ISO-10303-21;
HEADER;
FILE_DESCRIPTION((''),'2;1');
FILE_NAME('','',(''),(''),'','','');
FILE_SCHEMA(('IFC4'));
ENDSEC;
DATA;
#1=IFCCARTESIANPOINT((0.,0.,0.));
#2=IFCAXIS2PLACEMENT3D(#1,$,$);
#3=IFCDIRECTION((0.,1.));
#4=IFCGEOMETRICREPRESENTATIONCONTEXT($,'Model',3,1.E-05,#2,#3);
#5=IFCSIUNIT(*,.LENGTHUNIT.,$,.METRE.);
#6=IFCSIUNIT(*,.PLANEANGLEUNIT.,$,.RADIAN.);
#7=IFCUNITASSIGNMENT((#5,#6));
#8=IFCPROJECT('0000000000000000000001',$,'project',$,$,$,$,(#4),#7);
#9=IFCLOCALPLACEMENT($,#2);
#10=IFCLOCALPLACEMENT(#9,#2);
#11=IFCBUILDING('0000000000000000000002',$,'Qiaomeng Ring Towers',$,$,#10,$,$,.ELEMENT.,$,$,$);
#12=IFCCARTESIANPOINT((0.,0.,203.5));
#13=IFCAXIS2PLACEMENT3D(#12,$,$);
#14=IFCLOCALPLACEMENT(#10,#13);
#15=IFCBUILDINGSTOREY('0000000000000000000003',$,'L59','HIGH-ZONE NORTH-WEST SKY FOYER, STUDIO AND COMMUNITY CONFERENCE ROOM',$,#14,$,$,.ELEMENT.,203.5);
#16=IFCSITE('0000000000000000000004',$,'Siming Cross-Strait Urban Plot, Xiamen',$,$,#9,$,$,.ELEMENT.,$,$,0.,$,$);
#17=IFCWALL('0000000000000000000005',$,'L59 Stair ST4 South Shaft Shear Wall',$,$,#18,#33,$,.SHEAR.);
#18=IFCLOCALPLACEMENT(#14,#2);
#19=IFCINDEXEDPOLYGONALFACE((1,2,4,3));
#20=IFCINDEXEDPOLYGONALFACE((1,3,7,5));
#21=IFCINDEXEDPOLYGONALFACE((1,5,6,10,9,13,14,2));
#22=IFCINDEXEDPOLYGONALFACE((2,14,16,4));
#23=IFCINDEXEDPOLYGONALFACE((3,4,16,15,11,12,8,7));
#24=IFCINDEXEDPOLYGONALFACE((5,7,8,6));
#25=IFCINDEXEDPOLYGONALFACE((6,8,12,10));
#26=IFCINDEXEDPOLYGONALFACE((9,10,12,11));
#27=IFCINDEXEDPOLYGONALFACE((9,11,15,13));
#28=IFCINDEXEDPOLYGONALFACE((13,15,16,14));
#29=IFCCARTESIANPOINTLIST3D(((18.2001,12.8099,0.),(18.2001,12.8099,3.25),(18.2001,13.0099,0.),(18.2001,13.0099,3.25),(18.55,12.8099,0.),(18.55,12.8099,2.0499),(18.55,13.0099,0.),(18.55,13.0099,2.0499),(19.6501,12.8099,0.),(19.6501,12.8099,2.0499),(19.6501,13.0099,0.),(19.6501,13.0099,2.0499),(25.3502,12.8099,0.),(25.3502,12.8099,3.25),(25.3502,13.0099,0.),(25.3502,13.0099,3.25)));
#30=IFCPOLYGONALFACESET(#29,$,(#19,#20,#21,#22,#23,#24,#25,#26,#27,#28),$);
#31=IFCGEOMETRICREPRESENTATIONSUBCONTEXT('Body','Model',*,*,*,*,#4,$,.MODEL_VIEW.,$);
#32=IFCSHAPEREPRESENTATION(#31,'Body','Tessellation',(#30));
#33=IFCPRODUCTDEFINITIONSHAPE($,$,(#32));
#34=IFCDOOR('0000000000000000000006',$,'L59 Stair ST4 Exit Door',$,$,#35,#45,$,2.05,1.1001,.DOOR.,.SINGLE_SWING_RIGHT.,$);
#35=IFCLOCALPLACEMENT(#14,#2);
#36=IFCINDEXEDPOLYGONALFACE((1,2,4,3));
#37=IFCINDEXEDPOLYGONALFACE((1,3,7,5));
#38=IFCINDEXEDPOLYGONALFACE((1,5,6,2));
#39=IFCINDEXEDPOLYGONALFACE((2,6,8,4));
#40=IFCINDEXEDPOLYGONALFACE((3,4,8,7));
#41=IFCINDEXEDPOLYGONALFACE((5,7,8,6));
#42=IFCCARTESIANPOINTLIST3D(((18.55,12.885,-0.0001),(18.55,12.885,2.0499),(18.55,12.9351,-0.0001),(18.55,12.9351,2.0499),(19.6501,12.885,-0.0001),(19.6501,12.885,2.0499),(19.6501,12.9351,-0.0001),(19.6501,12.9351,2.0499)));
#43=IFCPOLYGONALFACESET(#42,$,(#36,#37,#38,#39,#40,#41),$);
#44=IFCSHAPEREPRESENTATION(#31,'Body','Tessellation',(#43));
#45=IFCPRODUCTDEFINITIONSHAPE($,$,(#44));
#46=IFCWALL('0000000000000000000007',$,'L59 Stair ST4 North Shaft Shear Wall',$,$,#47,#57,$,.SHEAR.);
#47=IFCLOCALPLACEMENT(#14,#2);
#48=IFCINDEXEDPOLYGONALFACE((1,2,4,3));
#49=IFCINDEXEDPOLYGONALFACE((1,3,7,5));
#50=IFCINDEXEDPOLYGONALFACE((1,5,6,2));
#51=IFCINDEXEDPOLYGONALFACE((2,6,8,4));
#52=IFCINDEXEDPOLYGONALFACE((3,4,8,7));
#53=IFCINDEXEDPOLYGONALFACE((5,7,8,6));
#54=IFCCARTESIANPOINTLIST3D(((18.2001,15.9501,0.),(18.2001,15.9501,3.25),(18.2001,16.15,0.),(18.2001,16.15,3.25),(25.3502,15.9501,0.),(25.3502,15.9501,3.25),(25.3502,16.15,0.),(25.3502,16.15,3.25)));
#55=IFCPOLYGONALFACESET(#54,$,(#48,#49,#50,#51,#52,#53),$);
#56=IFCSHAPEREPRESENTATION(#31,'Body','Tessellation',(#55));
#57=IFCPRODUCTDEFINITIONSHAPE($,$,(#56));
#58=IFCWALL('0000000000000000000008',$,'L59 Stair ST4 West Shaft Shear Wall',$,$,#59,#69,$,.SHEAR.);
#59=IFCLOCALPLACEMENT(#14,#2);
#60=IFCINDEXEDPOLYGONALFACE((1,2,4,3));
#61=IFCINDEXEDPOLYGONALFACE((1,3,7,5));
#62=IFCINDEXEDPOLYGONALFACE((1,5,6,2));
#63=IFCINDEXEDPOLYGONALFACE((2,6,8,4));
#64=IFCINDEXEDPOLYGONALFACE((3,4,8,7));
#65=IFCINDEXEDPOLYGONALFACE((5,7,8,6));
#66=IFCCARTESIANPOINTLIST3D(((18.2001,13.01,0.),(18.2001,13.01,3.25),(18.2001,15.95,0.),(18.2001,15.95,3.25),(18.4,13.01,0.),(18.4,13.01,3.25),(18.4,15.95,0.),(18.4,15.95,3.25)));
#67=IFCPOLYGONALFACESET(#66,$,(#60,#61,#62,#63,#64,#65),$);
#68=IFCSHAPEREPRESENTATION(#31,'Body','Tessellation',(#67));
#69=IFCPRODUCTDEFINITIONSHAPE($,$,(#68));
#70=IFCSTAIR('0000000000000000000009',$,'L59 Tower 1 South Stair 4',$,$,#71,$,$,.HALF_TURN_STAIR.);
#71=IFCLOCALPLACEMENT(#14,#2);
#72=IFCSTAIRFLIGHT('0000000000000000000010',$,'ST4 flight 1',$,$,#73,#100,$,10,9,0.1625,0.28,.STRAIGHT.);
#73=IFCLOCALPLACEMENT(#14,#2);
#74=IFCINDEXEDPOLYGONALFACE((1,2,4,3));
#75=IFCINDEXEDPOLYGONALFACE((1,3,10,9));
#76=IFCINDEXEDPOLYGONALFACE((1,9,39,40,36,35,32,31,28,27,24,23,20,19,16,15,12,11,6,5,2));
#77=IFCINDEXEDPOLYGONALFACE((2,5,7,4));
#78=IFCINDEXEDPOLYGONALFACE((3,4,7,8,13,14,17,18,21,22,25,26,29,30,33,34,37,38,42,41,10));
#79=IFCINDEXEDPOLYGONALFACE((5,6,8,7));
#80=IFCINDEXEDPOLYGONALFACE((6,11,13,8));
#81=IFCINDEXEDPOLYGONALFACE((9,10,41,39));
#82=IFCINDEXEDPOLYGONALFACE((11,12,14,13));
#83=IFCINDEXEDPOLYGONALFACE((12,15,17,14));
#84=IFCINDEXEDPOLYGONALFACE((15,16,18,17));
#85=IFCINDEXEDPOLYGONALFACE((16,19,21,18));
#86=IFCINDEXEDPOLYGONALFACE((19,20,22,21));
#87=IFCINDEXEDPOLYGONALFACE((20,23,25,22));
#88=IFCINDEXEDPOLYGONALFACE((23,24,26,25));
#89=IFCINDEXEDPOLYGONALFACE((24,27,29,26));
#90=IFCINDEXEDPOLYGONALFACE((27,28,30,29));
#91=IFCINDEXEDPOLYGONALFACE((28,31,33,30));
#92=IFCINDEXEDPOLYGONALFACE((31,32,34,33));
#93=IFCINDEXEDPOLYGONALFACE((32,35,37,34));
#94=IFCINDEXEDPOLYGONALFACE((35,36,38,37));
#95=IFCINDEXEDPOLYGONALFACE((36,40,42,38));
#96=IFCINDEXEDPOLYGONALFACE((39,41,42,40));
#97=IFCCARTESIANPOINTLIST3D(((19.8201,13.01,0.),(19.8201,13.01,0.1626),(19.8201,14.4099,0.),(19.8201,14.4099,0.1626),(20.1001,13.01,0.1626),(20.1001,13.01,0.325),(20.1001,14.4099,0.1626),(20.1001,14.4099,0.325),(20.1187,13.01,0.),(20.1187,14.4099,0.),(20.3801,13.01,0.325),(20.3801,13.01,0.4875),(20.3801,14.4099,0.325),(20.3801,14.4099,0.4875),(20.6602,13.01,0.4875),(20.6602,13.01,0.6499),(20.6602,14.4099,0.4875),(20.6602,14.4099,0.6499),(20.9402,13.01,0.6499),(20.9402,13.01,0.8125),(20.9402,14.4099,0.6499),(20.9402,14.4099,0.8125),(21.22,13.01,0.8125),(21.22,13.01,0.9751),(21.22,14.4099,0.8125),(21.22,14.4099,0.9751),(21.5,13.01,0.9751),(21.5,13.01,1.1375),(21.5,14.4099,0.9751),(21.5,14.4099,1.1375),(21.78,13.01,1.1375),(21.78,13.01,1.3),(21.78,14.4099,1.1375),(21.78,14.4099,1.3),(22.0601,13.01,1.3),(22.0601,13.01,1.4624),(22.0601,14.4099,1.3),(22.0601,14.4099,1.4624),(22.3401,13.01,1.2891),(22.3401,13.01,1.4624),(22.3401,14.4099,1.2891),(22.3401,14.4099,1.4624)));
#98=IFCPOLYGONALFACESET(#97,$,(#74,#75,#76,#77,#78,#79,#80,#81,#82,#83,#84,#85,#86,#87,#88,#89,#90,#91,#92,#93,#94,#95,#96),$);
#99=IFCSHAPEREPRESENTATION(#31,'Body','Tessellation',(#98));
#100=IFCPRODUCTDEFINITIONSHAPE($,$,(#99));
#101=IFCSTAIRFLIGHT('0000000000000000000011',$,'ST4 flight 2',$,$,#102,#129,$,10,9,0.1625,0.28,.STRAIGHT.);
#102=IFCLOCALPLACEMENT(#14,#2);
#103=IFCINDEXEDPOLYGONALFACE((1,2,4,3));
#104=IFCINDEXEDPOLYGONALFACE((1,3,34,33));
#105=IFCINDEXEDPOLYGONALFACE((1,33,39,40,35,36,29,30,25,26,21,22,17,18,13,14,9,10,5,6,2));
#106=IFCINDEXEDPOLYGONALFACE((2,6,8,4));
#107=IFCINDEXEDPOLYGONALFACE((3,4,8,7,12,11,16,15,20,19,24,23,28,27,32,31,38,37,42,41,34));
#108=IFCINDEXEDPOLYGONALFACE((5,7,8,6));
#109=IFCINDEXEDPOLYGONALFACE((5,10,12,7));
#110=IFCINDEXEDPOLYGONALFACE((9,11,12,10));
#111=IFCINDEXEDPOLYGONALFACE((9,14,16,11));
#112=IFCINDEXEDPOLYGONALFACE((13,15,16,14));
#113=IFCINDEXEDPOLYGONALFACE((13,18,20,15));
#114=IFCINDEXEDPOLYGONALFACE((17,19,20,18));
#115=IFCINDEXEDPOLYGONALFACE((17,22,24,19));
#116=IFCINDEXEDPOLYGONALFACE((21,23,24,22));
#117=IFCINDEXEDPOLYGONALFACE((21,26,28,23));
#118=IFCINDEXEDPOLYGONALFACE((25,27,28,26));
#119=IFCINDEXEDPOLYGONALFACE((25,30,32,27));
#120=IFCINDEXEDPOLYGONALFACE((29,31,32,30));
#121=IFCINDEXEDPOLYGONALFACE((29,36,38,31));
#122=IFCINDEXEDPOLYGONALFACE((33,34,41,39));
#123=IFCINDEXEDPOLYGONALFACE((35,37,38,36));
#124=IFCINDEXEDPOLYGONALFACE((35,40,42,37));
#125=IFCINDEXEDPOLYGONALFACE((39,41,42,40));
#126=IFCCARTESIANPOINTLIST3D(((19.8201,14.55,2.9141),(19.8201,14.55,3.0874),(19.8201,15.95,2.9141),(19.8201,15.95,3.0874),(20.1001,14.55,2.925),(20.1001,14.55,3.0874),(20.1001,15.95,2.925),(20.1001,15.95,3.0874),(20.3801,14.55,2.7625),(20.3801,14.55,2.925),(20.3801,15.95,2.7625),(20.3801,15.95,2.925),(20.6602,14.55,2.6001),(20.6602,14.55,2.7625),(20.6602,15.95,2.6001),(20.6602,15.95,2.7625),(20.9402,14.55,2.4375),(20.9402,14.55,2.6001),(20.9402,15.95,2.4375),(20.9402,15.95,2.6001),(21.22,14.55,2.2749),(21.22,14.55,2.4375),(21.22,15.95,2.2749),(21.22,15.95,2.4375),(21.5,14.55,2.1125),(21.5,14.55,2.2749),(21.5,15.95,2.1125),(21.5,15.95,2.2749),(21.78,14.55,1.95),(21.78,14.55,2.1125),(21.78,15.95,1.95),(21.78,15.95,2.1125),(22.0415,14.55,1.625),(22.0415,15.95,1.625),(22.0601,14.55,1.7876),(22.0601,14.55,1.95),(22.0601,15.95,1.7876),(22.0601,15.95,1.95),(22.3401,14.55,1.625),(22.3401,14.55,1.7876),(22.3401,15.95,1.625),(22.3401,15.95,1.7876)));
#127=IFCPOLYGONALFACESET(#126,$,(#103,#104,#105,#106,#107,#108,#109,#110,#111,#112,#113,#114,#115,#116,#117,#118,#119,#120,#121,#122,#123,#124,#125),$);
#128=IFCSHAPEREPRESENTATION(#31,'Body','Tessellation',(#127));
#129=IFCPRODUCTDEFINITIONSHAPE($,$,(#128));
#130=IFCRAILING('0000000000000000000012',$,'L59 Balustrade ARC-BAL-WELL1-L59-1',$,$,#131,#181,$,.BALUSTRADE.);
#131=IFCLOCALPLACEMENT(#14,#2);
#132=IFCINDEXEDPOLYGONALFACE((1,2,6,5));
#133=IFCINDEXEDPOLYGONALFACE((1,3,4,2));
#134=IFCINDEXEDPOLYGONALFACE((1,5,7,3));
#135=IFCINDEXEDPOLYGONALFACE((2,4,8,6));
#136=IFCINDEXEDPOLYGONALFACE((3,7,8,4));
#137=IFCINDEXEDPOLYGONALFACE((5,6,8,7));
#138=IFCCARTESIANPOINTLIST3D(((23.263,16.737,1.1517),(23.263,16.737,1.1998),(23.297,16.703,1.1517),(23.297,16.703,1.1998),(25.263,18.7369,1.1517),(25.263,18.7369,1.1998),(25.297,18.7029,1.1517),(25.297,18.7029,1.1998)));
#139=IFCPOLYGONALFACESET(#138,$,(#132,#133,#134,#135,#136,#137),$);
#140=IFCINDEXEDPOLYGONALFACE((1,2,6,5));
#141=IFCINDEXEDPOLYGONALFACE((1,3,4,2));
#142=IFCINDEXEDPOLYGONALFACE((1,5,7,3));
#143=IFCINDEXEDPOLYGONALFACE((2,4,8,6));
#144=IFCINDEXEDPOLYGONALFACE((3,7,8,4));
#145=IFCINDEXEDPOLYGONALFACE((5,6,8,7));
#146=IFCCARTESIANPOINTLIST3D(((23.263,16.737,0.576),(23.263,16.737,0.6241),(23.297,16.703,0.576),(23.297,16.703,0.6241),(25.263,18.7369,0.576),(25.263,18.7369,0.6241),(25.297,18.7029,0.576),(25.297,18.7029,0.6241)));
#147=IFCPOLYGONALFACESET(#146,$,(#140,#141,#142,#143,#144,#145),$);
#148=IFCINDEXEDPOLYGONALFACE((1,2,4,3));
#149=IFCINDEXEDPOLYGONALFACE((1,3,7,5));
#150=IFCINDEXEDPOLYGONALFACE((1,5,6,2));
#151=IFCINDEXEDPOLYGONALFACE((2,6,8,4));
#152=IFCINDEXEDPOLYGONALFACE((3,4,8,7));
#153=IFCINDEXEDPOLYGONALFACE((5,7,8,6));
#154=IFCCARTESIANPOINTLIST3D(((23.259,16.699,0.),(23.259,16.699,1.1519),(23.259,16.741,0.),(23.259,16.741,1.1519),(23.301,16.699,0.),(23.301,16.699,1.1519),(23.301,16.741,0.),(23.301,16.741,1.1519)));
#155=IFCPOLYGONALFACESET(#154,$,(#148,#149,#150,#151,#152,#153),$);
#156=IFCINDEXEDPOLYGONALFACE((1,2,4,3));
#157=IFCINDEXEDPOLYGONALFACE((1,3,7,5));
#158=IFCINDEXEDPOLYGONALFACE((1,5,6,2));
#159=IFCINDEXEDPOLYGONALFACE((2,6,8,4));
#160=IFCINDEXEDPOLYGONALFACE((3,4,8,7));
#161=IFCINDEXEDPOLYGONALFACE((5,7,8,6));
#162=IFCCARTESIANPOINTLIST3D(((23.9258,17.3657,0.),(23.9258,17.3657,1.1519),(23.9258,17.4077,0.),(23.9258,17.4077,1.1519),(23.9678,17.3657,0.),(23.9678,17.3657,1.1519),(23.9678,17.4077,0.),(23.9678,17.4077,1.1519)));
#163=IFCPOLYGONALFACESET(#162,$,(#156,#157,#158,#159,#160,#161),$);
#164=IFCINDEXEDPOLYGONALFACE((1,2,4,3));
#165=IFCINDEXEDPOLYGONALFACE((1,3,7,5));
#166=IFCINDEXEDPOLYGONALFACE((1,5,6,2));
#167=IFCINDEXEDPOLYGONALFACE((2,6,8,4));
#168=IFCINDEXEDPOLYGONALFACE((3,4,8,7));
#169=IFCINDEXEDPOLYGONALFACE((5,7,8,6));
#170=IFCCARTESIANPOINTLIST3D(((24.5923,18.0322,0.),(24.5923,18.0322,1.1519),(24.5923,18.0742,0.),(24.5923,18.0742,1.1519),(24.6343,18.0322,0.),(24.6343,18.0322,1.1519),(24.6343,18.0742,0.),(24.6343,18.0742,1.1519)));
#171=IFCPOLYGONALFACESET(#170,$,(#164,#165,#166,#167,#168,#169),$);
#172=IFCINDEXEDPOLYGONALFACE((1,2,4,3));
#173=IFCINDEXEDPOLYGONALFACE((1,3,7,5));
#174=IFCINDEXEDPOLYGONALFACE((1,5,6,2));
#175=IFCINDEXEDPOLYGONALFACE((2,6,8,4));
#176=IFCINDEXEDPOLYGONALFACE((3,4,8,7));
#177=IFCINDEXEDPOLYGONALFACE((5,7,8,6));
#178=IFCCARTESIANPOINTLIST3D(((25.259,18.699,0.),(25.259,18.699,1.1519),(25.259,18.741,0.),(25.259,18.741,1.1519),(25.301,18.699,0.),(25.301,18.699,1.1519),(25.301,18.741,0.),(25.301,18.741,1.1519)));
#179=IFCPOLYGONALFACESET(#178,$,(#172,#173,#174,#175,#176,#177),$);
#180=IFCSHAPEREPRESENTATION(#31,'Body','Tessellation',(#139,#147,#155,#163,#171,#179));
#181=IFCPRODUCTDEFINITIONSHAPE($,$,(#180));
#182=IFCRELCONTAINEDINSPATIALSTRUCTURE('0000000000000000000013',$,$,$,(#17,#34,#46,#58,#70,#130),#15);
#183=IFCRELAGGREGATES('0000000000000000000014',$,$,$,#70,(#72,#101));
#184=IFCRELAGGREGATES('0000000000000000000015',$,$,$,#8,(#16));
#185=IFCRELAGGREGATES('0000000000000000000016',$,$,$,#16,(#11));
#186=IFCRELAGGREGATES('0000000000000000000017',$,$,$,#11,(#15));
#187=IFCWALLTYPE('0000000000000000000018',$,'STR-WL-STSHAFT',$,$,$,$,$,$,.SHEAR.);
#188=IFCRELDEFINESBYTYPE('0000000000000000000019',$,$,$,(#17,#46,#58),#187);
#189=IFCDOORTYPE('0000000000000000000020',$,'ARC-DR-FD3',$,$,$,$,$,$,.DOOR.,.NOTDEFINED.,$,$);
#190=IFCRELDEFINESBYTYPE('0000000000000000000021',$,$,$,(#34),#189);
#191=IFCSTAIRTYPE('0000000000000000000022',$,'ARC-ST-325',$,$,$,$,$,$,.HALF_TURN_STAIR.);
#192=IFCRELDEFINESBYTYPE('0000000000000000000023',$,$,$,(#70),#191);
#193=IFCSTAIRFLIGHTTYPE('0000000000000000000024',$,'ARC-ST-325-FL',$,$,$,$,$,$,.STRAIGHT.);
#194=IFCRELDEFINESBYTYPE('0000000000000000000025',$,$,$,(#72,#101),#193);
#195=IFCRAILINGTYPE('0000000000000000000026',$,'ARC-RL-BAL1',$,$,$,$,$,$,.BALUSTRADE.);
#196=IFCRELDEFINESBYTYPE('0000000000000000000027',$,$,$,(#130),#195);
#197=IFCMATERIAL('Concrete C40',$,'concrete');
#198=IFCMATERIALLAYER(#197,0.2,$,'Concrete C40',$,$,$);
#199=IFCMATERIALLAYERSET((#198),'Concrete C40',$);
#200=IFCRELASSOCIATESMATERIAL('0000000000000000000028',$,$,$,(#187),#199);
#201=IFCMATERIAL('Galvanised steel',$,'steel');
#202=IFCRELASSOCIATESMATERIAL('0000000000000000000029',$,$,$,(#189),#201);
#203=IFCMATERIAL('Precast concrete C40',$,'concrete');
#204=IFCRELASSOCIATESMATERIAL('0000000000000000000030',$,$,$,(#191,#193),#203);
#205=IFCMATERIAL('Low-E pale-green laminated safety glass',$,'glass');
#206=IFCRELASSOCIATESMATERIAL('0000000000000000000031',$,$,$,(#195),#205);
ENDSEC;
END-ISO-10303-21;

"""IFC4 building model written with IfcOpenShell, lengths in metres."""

from ifc_helpers import new_model, si_unit, direction, frame, frame_2d, origin, origin_2d, place, context, subcontext, project, spatial, polyline, rectangle, outline, extrude, source, transform, mapped, material, layer, layer_set, type_object, element, fill, aggregate, save


model = new_model("IFC4")

# Units and contexts
model_context = context("Model", 3, precision=1e-05, world=origin(), true_north=direction((0.0, 1.0)))
body_context = subcontext(model_context, "Body", "Model", "MODEL_VIEW")
ifc_project = project(units=[si_unit("LENGTHUNIT", "METRE"), si_unit("PLANEANGLEUNIT", "RADIAN")], contexts=[model_context])

# Site, building, storey
site_placement = place(None, origin())
site = spatial("IfcSite", under=ifc_project, at=site_placement, Name="Siming Cross-Strait Urban Plot, Xiamen", CompositionType="ELEMENT", RefElevation=0.0)
building_placement = place(site_placement, origin())
building = spatial("IfcBuilding", under=site, at=building_placement, Name="Qiaomeng Ring Towers", CompositionType="ELEMENT")
storey_placement = place(building_placement, frame((0.0, 0.0, 203.5)))
storey = spatial("IfcBuildingStorey", under=building, at=storey_placement, Name="L59", Description="HIGH-ZONE NORTH-WEST SKY FOYER, STUDIO AND COMMUNITY CONFERENCE ROOM", CompositionType="ELEMENT", Elevation=203.5)

# Shared definitions
ifc_material_1 = material(Name="Concrete C40", Category="concrete")
ifc_layer_1 = layer(ifc_material_1, 0.2, Name="Concrete C40")
ifc_layer_set_1 = layer_set([ifc_layer_1], Name="Concrete C40")
wall_type_1 = type_object("IfcWallType", Name="STR-WL-STSHAFT", PredefinedType="SHEAR", material=ifc_layer_set_1)

# Wall, opening, door
wall_1_placement = place(storey_placement, frame((18.2, 12.9099, 0.0), z_axis=(0.0, 0.0, 1.0), x_axis=(1.0, 0.0, 0.0)))
wall_1 = element("IfcWall", 1, at=wall_1_placement, inside=storey, type_object=wall_type_1, Name="L59 Stair ST4 South Shaft Shear Wall", PredefinedType="SHEAR", context=body_context, shape_type="SweptSolid", body=[
    extrude(rectangle(XDim=7.1501, YDim=0.2, at=frame_2d((3.5752, 0.0))), origin(), (0.0, 0.0, 1.0), 3.25),
])
opening_1_placement = place(wall_1_placement, frame((0.3501, 0.0, 0.0)))
opening_1 = element("IfcOpeningElement", 2, at=opening_1_placement, cuts=wall_1, PredefinedType="OPENING", context=body_context, shape_type="SweptSolid", body=[
    extrude(rectangle(XDim=1.1001, YDim=2.05, at=frame_2d((0.55, 1.0249))), frame((0.0, 0.1099, 0.0), z_axis=(0.0, -1.0, 0.0), x_axis=(1.0, 0.0, 0.0)), (0.0, 0.0, 1.0), 0.22),
])
ifc_material_2 = material(Name="Galvanised steel", Category="steel")
door_type_1 = type_object("IfcDoorType", Name="ARC-DR-FD3", OperationType="NOTDEFINED", PredefinedType="DOOR", material=ifc_material_2)
shared_shape_1 = source(origin(), body_context, "Body", "SweptSolid", [
    extrude(rectangle(XDim=1.1001, YDim=2.05, at=frame_2d((0.55, 1.0249))), frame((0.0, 0.0249, 0.0), z_axis=(0.0, -1.0, 0.0), x_axis=(1.0, 0.0, 0.0)), (0.0, 0.0, 1.0), 0.05),
])
door_1_placement = place(opening_1_placement, frame((1.1001, 0.0, 0.0), z_axis=(0.0, 0.0, 1.0), x_axis=(-1.0, 0.0, 0.0)))
door_1 = element("IfcDoor", 3, at=door_1_placement, inside=storey, type_object=door_type_1, Name="L59 Stair ST4 Exit Door", OperationType="SINGLE_SWING_RIGHT", OverallHeight=2.05, OverallWidth=1.1001, PredefinedType="DOOR", context=body_context, shape_type="MappedRepresentation", body=[
    mapped(shared_shape_1, transform((0.0, 0.0, 0.0), x_axis=(1.0, 0.0, 0.0), y_axis=(0.0, 1.0, 0.0), z_axis=(0.0, 0.0, 1.0), scale=1.0)),
])
fill(opening_1, door_1)

# Walls
wall_2_placement = place(storey_placement, frame((18.2, 16.05, 0.0), z_axis=(0.0, 0.0, 1.0), x_axis=(1.0, 0.0, 0.0)))
element("IfcWall", 4, at=wall_2_placement, inside=storey, type_object=wall_type_1, Name="L59 Stair ST4 North Shaft Shear Wall", PredefinedType="SHEAR", context=body_context, shape_type="SweptSolid", body=[
    extrude(rectangle(XDim=7.1501, YDim=0.2, at=frame_2d((3.5752, 0.0))), origin(), (0.0, 0.0, 1.0), 3.25),
])
wall_3_placement = place(storey_placement, frame((18.3, 13.01, 0.0), z_axis=(0.0, 0.0, 1.0), x_axis=(0.0, 1.0, 0.0)))
element("IfcWall", 5, at=wall_3_placement, inside=storey, type_object=wall_type_1, Name="L59 Stair ST4 West Shaft Shear Wall", PredefinedType="SHEAR", context=body_context, shape_type="SweptSolid", body=[
    extrude(rectangle(XDim=2.9399, YDim=0.2, at=frame_2d((1.47, 0.0))), origin(), (0.0, 0.0, 1.0), 3.25),
])

# Stair, stair flights
ifc_material_3 = material(Name="Precast concrete C40", Category="concrete")
stair_type = type_object("IfcStairType", Name="ARC-ST-325", PredefinedType="HALF_TURN_STAIR", material=ifc_material_3)
stair_placement = place(storey_placement, origin())
stair = element("IfcStair", 6, at=stair_placement, inside=storey, type_object=stair_type, Name="L59 Tower 1 South Stair 4", PredefinedType="HALF_TURN_STAIR")
stair_flight_type = type_object("IfcStairFlightType", Name="ARC-ST-325-FL", PredefinedType="STRAIGHT", material=ifc_material_3)
shared_shape_2 = source(origin(), body_context, "Body", "SweptSolid", [
    extrude(outline(polyline([(0.0, 0.0), (0.0, 0.1626), (0.28, 0.1626), (0.28, 0.325), (0.5601, 0.325), (0.5601, 0.4875), (0.8401, 0.4875), (0.8401, 0.6499), (1.1201, 0.6499), (1.1201, 0.8125), (1.3999, 0.8125), (1.3999, 0.9751), (1.6799, 0.9751), (1.6799, 1.1375), (1.96, 1.1375), (1.96, 1.3), (2.24, 1.3), (2.24, 1.4624), (2.52, 1.4624), (2.52, 1.625), (2.52, 1.2891), (0.2986, 0.0), (0.0, 0.0)])), frame((0.0, 0.7, 0.0), z_axis=(0.0, -1.0, 0.0), x_axis=(1.0, 0.0, 0.0)), (0.0, 0.0, 1.0), 1.3999),
])
stair_flight_1_placement = place(storey_placement, frame((19.8201, 13.71, 0.0), z_axis=(0.0, 0.0, 1.0), x_axis=(1.0, 0.0, 0.0)))
stair_flight_1 = element("IfcStairFlight", 7, at=stair_flight_1_placement, type_object=stair_flight_type, Name="ST4 flight 1", NumberOfRisers=10, NumberOfTreads=9, PredefinedType="STRAIGHT", RiserHeight=0.1625, TreadLength=0.28, context=body_context, shape_type="MappedRepresentation", body=[
    mapped(shared_shape_2, transform((0.0, 0.0, 0.0), x_axis=(1.0, 0.0, 0.0), y_axis=(0.0, 1.0, 0.0), z_axis=(0.0, 0.0, 1.0), scale=1.0)),
])
stair_flight_2_placement = place(storey_placement, frame((22.3401, 15.25, 1.625), z_axis=(0.0, 0.0, 1.0), x_axis=(-1.0, 0.0, 0.0)))
stair_flight_2 = element("IfcStairFlight", 8, at=stair_flight_2_placement, type_object=stair_flight_type, Name="ST4 flight 2", NumberOfRisers=10, NumberOfTreads=9, PredefinedType="STRAIGHT", RiserHeight=0.1625, TreadLength=0.28, context=body_context, shape_type="MappedRepresentation", body=[
    mapped(shared_shape_2, transform((0.0, 0.0, 0.0), x_axis=(1.0, 0.0, 0.0), y_axis=(0.0, 1.0, 0.0), z_axis=(0.0, 0.0, 1.0), scale=1.0)),
])
aggregate(stair, [stair_flight_1, stair_flight_2])

# Railing
ifc_material_4 = material(Name="Low-E pale-green laminated safety glass", Category="glass")
railing_type_1 = type_object("IfcRailingType", Name="ARC-RL-BAL1", PredefinedType="BALUSTRADE", material=ifc_material_4)
railing_1_placement = place(storey_placement, frame((23.28, 16.72, 0.0)))
element("IfcRailing", 9, at=railing_1_placement, inside=storey, type_object=railing_type_1, Name="L59 Balustrade ARC-BAL-WELL1-L59-1", PredefinedType="BALUSTRADE", context=body_context, shape_type="SweptSolid", body=[
    extrude(rectangle(XDim=0.0481, YDim=0.0481, at=origin_2d()), frame((0.0, 0.0, 1.1758), z_axis=(0.707107, 0.707107, 0.0), x_axis=(-0.707107, 0.707107, 0.0)), (0.0, 0.0, 1.0), 2.8284),
    extrude(rectangle(XDim=0.0481, YDim=0.0481, at=origin_2d()), frame((0.0, 0.0, 0.6001), z_axis=(0.707107, 0.707107, 0.0), x_axis=(-0.707107, 0.707107, 0.0)), (0.0, 0.0, 1.0), 2.8284),
    extrude(rectangle(XDim=0.042, YDim=0.042, at=origin_2d()), origin(), (0.0, 0.0, 1.0), 1.1519),
    extrude(rectangle(XDim=0.042, YDim=0.042, at=origin_2d()), frame((0.6667, 0.6667, 0.0)), (0.0, 0.0, 1.0), 1.1519),
    extrude(rectangle(XDim=0.042, YDim=0.042, at=origin_2d()), frame((1.3333, 1.3333, 0.0)), (0.0, 0.0, 1.0), 1.1519),
    extrude(rectangle(XDim=0.042, YDim=0.042, at=origin_2d()), frame((2.0, 2.0, 0.0)), (0.0, 0.0, 1.0), 1.1519),
])

save(model, "model.ifc")
